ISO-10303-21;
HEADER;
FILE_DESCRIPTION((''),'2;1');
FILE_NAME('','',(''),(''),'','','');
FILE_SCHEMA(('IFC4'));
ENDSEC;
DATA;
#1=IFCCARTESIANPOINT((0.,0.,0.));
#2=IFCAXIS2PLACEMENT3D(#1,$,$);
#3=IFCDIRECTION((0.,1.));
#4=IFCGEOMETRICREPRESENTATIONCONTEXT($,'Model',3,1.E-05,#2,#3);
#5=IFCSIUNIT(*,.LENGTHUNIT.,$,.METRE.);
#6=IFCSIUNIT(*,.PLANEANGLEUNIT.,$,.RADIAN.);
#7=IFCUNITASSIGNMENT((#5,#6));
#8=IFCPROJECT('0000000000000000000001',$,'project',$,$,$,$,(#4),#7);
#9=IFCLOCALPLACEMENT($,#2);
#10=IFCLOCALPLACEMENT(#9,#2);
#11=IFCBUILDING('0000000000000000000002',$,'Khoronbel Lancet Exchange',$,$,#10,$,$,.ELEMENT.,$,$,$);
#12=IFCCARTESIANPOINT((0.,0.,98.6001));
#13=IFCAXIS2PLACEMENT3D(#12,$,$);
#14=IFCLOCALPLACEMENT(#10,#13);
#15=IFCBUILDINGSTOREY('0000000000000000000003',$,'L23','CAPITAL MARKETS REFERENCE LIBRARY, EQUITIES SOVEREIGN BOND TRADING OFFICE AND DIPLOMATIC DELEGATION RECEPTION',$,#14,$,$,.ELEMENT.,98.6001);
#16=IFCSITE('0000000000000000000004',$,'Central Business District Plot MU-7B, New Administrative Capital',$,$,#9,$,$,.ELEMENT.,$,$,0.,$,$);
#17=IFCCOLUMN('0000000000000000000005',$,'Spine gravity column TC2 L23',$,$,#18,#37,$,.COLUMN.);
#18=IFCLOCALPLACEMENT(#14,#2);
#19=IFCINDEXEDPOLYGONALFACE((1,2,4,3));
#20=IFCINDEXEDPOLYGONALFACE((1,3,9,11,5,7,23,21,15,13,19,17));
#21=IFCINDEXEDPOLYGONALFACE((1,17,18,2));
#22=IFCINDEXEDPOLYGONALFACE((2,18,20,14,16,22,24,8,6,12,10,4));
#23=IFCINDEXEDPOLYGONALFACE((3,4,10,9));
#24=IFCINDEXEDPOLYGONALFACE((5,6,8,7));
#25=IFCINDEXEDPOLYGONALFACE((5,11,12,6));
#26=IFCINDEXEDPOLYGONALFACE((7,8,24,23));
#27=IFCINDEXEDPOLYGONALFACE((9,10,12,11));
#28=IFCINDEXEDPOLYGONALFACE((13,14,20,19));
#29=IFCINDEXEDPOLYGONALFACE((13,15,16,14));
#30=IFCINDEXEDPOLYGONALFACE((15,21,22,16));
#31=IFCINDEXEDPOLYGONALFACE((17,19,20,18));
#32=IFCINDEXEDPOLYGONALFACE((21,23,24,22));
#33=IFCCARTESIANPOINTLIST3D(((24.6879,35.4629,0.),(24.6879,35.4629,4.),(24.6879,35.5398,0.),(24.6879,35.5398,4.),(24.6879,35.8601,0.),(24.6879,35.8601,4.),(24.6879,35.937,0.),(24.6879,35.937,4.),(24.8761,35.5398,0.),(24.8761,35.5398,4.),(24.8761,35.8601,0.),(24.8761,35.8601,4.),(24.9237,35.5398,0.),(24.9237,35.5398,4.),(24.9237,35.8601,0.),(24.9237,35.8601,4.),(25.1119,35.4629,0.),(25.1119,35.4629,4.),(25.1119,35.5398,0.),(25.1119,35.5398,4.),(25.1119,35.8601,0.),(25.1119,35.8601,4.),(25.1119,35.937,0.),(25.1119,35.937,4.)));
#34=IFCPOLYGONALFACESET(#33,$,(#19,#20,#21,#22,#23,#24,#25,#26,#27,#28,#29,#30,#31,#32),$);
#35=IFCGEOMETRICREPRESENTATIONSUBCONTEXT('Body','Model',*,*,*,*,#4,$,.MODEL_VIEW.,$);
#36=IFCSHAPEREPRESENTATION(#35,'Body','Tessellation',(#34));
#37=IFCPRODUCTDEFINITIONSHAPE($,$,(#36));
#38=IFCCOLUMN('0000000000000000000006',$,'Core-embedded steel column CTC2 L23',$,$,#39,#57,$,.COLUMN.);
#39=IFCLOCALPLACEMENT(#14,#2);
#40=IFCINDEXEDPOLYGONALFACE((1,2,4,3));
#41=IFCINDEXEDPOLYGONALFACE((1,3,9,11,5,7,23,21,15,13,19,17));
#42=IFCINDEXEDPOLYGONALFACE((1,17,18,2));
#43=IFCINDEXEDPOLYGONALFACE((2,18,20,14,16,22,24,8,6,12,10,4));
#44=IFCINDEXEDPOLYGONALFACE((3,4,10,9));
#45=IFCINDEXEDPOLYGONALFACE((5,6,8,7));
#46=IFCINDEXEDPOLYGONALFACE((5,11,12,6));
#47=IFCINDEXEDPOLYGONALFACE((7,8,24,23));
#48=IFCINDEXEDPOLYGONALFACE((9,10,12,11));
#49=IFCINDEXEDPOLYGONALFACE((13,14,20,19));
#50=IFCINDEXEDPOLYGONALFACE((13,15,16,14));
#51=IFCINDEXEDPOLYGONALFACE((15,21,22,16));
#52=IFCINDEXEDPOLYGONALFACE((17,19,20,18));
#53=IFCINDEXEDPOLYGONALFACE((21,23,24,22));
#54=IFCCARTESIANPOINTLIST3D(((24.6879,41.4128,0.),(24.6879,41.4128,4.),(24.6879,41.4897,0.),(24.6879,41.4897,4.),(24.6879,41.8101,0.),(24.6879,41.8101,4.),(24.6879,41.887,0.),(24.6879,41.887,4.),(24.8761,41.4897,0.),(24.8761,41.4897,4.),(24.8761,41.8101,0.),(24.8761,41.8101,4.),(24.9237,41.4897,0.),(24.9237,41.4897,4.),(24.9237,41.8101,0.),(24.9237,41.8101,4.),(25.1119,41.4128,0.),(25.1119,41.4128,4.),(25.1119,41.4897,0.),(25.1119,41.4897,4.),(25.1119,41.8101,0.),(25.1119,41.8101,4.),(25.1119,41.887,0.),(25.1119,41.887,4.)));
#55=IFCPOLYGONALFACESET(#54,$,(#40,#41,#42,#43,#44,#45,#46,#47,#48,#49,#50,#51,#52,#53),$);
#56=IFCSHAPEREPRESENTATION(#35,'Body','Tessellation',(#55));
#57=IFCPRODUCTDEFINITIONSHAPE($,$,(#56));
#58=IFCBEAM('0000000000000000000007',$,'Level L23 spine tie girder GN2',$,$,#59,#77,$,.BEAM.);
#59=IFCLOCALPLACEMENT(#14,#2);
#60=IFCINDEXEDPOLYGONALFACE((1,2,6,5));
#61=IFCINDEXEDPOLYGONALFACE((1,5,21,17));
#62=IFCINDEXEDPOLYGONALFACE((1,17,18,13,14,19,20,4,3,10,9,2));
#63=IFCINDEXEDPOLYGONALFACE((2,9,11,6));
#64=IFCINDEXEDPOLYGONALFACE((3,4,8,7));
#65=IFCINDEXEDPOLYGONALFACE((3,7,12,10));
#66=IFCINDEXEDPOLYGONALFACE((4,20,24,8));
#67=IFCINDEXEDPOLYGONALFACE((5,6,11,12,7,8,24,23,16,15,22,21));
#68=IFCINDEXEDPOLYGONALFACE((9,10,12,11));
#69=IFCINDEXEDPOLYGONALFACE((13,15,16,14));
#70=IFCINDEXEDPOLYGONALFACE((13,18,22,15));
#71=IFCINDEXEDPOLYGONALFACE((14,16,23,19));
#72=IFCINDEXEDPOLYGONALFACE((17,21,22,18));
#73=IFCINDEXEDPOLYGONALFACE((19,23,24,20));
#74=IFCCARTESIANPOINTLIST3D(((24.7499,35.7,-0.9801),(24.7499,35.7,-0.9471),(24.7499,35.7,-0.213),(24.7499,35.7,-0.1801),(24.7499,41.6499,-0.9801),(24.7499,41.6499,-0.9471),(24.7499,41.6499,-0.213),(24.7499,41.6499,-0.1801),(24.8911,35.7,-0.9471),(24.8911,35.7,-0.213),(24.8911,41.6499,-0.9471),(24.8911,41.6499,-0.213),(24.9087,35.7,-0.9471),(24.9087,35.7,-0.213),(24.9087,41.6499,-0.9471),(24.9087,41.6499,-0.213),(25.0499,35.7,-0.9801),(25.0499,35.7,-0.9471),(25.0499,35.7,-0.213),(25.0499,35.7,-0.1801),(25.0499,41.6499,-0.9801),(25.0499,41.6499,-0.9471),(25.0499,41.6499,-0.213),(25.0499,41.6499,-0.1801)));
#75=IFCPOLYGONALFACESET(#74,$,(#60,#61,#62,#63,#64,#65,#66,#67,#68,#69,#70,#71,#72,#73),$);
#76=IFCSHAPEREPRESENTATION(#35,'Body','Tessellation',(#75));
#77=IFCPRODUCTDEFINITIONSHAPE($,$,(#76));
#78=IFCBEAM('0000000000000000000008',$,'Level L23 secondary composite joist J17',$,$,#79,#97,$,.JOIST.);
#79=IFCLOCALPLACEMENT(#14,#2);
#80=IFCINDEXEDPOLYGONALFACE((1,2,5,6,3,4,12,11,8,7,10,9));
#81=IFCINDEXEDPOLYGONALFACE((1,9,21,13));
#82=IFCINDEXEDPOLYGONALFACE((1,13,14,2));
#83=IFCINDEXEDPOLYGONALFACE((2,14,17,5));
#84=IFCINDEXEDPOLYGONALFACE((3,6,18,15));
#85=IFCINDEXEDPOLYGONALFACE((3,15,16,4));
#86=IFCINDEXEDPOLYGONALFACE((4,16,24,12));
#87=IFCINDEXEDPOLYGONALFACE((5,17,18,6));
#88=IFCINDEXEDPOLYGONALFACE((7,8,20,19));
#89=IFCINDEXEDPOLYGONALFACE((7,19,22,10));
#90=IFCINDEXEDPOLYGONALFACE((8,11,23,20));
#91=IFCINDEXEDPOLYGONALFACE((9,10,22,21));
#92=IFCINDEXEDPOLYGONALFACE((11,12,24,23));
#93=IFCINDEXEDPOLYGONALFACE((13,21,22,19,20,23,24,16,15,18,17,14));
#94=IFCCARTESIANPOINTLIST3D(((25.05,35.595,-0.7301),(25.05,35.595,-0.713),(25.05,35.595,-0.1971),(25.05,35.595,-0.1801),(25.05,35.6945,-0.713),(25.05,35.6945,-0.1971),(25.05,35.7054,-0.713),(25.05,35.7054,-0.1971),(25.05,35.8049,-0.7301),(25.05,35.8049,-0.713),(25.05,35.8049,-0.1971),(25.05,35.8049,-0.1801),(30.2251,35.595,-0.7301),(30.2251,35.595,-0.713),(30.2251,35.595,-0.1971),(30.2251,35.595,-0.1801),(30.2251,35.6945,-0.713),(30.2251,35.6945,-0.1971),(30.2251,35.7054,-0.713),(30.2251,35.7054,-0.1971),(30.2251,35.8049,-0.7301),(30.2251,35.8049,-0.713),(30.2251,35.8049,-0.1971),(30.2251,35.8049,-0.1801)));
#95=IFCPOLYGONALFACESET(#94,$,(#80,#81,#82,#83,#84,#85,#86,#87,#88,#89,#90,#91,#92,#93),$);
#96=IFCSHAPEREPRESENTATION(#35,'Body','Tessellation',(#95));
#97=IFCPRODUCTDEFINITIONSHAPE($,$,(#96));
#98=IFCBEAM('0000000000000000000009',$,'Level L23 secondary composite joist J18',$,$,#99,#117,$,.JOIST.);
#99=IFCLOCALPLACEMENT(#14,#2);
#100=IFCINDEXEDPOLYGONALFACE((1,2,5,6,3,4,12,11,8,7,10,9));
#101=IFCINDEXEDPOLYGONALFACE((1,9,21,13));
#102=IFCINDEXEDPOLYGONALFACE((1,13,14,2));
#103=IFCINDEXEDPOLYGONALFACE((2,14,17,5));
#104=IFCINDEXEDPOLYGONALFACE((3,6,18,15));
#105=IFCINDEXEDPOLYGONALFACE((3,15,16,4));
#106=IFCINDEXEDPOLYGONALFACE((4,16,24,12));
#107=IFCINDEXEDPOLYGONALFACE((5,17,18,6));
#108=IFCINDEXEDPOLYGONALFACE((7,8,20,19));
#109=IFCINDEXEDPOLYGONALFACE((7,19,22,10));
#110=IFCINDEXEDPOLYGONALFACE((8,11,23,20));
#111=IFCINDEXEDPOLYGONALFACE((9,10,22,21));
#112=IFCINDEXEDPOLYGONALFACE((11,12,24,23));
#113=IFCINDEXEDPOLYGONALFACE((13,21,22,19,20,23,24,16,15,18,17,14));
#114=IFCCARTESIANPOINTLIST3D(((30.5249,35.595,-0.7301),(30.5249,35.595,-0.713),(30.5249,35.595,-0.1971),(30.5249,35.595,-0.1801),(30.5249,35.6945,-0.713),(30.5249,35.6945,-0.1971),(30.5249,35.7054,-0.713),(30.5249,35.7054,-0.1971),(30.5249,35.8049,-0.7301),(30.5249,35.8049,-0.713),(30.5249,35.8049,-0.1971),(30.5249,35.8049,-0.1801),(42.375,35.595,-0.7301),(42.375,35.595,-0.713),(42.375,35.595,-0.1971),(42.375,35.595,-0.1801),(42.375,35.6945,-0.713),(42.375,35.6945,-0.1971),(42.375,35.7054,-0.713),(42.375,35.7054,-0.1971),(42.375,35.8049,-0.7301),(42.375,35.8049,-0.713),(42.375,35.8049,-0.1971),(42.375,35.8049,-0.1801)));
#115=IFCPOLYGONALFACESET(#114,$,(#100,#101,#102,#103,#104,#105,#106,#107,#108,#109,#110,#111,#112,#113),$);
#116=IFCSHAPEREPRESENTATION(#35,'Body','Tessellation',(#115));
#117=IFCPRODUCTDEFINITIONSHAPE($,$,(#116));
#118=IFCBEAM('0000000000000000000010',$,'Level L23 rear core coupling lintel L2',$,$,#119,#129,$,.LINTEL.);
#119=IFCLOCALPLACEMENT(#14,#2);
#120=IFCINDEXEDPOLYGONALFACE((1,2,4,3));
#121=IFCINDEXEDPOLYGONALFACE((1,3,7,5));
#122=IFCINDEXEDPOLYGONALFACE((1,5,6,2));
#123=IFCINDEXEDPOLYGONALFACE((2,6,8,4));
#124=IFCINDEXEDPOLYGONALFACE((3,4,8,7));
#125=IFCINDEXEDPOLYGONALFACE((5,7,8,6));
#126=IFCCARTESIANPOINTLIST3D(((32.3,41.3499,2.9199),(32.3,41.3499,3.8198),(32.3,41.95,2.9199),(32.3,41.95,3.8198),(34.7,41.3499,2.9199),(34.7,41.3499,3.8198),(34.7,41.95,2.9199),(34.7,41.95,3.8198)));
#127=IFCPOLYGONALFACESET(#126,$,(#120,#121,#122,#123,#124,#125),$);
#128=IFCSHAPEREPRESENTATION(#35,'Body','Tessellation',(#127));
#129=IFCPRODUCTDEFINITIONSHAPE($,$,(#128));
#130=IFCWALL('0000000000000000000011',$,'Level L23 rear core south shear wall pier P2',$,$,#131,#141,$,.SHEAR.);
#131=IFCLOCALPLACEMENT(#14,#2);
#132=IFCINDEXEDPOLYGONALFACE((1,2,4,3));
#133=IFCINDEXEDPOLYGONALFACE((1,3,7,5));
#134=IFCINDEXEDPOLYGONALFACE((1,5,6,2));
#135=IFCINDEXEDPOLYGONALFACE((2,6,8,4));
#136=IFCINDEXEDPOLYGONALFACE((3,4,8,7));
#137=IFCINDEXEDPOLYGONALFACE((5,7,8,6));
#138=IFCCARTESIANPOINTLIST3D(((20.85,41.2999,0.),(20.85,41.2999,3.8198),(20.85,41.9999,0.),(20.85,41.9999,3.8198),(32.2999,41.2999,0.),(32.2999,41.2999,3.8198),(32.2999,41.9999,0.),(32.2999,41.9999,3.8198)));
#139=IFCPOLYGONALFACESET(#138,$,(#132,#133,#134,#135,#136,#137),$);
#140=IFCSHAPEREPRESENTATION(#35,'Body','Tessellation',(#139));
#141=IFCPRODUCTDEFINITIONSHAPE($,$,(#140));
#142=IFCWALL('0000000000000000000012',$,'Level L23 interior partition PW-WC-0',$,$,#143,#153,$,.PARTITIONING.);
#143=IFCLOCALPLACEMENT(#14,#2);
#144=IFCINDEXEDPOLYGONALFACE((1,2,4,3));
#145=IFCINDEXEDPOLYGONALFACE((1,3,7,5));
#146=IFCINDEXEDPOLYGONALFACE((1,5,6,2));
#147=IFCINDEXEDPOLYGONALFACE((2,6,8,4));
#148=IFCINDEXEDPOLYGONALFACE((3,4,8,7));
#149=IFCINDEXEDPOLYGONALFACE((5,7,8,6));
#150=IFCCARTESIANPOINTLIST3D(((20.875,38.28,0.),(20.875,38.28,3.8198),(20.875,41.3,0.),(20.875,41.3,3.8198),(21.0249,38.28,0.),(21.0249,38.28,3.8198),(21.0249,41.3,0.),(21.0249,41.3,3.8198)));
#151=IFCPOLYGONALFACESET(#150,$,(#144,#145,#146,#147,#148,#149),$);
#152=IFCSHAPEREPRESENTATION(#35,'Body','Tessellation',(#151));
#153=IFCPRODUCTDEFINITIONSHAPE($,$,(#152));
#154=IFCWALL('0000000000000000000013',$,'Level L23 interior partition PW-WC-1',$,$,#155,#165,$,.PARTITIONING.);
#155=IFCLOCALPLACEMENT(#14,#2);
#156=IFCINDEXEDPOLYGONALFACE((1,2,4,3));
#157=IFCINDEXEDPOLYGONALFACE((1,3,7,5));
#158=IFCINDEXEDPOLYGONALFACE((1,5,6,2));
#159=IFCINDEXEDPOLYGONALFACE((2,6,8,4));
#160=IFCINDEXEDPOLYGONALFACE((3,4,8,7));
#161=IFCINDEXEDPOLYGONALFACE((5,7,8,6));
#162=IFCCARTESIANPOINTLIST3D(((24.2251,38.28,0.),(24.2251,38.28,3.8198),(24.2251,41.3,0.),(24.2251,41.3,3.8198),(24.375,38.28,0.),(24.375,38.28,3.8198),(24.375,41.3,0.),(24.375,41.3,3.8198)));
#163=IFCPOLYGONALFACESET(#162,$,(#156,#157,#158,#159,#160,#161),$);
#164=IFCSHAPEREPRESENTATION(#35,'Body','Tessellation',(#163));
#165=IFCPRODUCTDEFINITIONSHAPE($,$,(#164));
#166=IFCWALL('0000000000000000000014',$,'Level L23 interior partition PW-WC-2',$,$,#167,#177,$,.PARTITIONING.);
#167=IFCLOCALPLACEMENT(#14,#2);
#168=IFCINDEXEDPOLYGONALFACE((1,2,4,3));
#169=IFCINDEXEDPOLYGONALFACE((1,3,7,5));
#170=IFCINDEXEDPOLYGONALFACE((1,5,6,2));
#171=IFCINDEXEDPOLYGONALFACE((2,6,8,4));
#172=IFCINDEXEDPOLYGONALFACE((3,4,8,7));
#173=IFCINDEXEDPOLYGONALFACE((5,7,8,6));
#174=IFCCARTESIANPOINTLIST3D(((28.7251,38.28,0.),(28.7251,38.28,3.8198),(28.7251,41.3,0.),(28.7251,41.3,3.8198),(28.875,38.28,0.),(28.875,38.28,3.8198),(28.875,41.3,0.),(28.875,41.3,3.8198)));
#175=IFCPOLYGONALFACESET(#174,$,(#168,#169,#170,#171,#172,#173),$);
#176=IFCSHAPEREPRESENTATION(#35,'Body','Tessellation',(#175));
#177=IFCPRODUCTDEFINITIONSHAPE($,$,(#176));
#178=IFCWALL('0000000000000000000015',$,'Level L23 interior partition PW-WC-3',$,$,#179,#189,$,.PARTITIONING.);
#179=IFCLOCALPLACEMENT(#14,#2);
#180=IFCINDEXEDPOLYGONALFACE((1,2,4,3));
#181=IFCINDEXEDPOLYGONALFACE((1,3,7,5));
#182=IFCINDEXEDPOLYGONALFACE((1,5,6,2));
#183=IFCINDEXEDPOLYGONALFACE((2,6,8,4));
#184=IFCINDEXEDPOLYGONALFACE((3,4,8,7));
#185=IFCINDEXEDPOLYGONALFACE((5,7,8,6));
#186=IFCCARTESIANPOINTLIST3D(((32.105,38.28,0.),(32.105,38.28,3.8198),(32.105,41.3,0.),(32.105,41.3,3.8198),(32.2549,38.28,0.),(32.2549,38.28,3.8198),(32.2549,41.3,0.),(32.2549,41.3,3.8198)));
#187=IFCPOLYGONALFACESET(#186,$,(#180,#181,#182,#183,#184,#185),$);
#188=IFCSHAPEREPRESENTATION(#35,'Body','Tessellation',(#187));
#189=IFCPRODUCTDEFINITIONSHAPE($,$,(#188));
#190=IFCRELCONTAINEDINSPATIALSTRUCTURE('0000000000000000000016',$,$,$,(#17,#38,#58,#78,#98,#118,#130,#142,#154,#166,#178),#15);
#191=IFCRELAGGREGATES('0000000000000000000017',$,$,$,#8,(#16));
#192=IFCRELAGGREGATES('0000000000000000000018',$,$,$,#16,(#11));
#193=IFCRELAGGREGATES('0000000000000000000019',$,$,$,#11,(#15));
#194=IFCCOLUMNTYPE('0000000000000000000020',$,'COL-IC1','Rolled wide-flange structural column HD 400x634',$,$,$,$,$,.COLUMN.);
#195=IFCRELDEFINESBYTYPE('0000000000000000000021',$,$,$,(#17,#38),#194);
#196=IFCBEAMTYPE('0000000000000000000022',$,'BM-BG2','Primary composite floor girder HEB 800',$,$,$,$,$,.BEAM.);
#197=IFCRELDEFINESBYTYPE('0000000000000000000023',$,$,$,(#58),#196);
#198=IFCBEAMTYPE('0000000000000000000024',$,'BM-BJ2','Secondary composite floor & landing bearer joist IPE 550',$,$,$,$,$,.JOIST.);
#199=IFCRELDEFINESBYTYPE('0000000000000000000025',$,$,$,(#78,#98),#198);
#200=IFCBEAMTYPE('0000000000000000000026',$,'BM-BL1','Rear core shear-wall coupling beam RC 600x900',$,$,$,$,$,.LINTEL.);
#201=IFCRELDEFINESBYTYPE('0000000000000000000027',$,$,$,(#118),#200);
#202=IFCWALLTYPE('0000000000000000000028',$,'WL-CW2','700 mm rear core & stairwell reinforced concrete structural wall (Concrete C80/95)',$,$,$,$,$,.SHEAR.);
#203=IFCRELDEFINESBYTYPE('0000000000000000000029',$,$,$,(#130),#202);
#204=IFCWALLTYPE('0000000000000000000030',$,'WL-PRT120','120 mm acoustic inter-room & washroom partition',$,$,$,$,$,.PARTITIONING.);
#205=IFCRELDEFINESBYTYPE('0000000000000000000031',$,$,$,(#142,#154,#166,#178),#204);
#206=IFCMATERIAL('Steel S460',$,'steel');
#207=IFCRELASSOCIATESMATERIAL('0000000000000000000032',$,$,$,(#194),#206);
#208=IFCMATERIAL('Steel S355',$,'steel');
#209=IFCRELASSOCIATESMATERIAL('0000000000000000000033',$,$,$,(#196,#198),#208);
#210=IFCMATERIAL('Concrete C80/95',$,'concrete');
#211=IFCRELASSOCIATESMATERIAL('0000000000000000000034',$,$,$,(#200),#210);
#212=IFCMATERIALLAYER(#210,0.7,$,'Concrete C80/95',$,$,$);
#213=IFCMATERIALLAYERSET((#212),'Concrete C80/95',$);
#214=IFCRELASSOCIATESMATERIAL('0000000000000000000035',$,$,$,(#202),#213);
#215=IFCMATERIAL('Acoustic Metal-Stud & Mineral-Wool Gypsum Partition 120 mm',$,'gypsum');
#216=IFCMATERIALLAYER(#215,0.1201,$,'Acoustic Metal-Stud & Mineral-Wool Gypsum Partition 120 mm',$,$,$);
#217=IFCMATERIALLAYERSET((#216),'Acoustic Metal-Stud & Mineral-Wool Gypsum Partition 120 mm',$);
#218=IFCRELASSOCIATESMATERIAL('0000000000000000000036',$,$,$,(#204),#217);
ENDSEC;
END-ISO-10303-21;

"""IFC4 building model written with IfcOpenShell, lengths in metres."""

from ifc_helpers import new_model, si_unit, direction, frame, frame_2d, origin, origin_2d, place, context, subcontext, project, spatial, rectangle, i_section, extrude, material, layer, layer_set, material_profile, profile_set, type_object, element, save


model = new_model("IFC4")

# Units and contexts
model_context = context("Model", 3, precision=1e-05, world=origin(), true_north=direction((0.0, 1.0)))
body_context = subcontext(model_context, "Body", "Model", "MODEL_VIEW")
ifc_project = project(units=[si_unit("LENGTHUNIT", "METRE"), si_unit("PLANEANGLEUNIT", "RADIAN")], contexts=[model_context])

# Site, building, storey
site_placement = place(None, origin())
site = spatial("IfcSite", under=ifc_project, at=site_placement, Name="Central Business District Plot MU-7B, New Administrative Capital", CompositionType="ELEMENT", RefElevation=0.0)
building_placement = place(site_placement, origin())
building = spatial("IfcBuilding", under=site, at=building_placement, Name="Khoronbel Lancet Exchange", CompositionType="ELEMENT")
storey_placement = place(building_placement, frame((0.0, 0.0, 98.6001)))
storey = spatial("IfcBuildingStorey", under=building, at=storey_placement, Name="L23", Description="CAPITAL MARKETS REFERENCE LIBRARY, EQUITIES SOVEREIGN BOND TRADING OFFICE AND DIPLOMATIC DELEGATION RECEPTION", CompositionType="ELEMENT", Elevation=98.6001)

# Columns
ifc_material_1 = material(Name="Steel S460", Category="steel")
ifc_material_profile_1 = material_profile(ifc_material_1, i_section(OverallWidth=0.4241, OverallDepth=0.4741, WebThickness=0.0476, FlangeThickness=0.0769, at=origin_2d()), Name="HD 400x634")
ifc_profile_set_1 = profile_set([ifc_material_profile_1], Name="Steel S460")
column_type = type_object("IfcColumnType", Name="COL-IC1", Description="Rolled wide-flange structural column HD 400x634", PredefinedType="COLUMN", material=ifc_profile_set_1)
for number, where, z_axis, x_axis, name in (
    (1, (24.8999, 35.7, 0.0), (0.0, 0.0, 1.0), (1.0, 0.0, 0.0), "Spine gravity column TC2 L23"),
    (2, (24.8999, 41.6499, 0.0), (0.0, 0.0, 1.0), (1.0, 0.0, 0.0), "Core-embedded steel column CTC2 L23"),
):
    element("IfcColumn", number, at=place(storey_placement, frame(where, z_axis=z_axis, x_axis=x_axis)), inside=storey, type_object=column_type, Name=name, PredefinedType="COLUMN", context=body_context, shape_type="SweptSolid", body=[
        extrude(i_section(OverallWidth=0.4241, OverallDepth=0.4741, WebThickness=0.0476, FlangeThickness=0.0769, at=origin_2d()), origin(), (0.0, 0.0, 1.0), 4.0),
    ])

# Beams
ifc_material_2 = material(Name="Steel S355", Category="steel")
ifc_material_profile_2 = material_profile(ifc_material_2, i_section(OverallWidth=0.3, OverallDepth=0.8, WebThickness=0.0176, FlangeThickness=0.033, at=origin_2d()), Name="HEB 800")
ifc_profile_set_2 = profile_set([ifc_material_profile_2], Name="Steel S355")
beam_type_1 = type_object("IfcBeamType", Name="BM-BG2", Description="Primary composite floor girder HEB 800", PredefinedType="BEAM", material=ifc_profile_set_2)
beam_1_placement = place(storey_placement, frame((24.8999, 35.7, -0.5801), z_axis=(0.0, 1.0, 0.0), x_axis=(-1.0, 0.0, 0.0)))
element("IfcBeam", 3, at=beam_1_placement, inside=storey, type_object=beam_type_1, Name="Level L23 spine tie girder GN2", PredefinedType="BEAM", context=body_context, shape_type="SweptSolid", body=[
    extrude(i_section(OverallWidth=0.3, OverallDepth=0.8, WebThickness=0.0176, FlangeThickness=0.033, at=origin_2d()), origin(), (0.0, 0.0, 1.0), 5.95),
])
ifc_material_profile_3 = material_profile(ifc_material_2, i_section(OverallWidth=0.21, OverallDepth=0.55, WebThickness=0.011, FlangeThickness=0.0171, at=origin_2d()), Name="IPE 550")
ifc_profile_set_3 = profile_set([ifc_material_profile_3], Name="Steel S355")
beam_type_2 = type_object("IfcBeamType", Name="BM-BJ2", Description="Secondary composite floor & landing bearer joist IPE 550", PredefinedType="JOIST", material=ifc_profile_set_3)
beam_2_placement = place(storey_placement, frame((25.05, 35.7, -0.4551), z_axis=(1.0, 0.0, 0.0), x_axis=(0.0, 1.0, 0.0)))
element("IfcBeam", 4, at=beam_2_placement, inside=storey, type_object=beam_type_2, Name="Level L23 secondary composite joist J17", PredefinedType="JOIST", context=body_context, shape_type="SweptSolid", body=[
    extrude(i_section(OverallWidth=0.21, OverallDepth=0.55, WebThickness=0.011, FlangeThickness=0.0171, at=origin_2d()), origin(), (0.0, 0.0, 1.0), 5.175),
])
beam_3_placement = place(storey_placement, frame((30.5249, 35.7, -0.4551), z_axis=(1.0, 0.0, 0.0), x_axis=(0.0, 1.0, 0.0)))
element("IfcBeam", 5, at=beam_3_placement, inside=storey, type_object=beam_type_2, Name="Level L23 secondary composite joist J18", PredefinedType="JOIST", context=body_context, shape_type="SweptSolid", body=[
    extrude(i_section(OverallWidth=0.21, OverallDepth=0.55, WebThickness=0.011, FlangeThickness=0.0171, at=origin_2d()), origin(), (0.0, 0.0, 1.0), 11.8501),
])
ifc_material_3 = material(Name="Concrete C80/95", Category="concrete")
ifc_material_profile_4 = material_profile(ifc_material_3, rectangle(XDim=0.6001, YDim=0.8999, at=origin_2d()), Name="RC 600x900")
ifc_profile_set_4 = profile_set([ifc_material_profile_4], Name="Concrete C80/95")
beam_type_3 = type_object("IfcBeamType", Name="BM-BL1", Description="Rear core shear-wall coupling beam RC 600x900", PredefinedType="LINTEL", material=ifc_profile_set_4)
beam_4_placement = place(storey_placement, frame((32.3, 41.6499, 3.3699), z_axis=(1.0, 0.0, 0.0), x_axis=(0.0, 1.0, 0.0)))
element("IfcBeam", 6, at=beam_4_placement, inside=storey, type_object=beam_type_3, Name="Level L23 rear core coupling lintel L2", PredefinedType="LINTEL", context=body_context, shape_type="SweptSolid", body=[
    extrude(rectangle(XDim=0.6001, YDim=0.8999, at=origin_2d()), origin(), (0.0, 0.0, 1.0), 2.3999),
])

# Walls
ifc_layer_1 = layer(ifc_material_3, 0.7, Name="Concrete C80/95")
ifc_layer_set_1 = layer_set([ifc_layer_1], Name="Concrete C80/95")
wall_type_1 = type_object("IfcWallType", Name="WL-CW2", Description="700 mm rear core & stairwell reinforced concrete structural wall (Concrete C80/95)", PredefinedType="SHEAR", material=ifc_layer_set_1)
wall_1_placement = place(storey_placement, frame((32.3, 41.6499, 0.0), z_axis=(0.0, 0.0, 1.0), x_axis=(-1.0, 0.0, 0.0)))
element("IfcWall", 7, at=wall_1_placement, inside=storey, type_object=wall_type_1, Name="Level L23 rear core south shear wall pier P2", PredefinedType="SHEAR", context=body_context, shape_type="SweptSolid", body=[
    extrude(rectangle(XDim=11.45, YDim=0.7, at=frame_2d((5.7251, 0.0))), origin(), (0.0, 0.0, 1.0), 3.8198),
])
ifc_material_4 = material(Name="Acoustic Metal-Stud & Mineral-Wool Gypsum Partition 120 mm", Category="gypsum")
ifc_layer_2 = layer(ifc_material_4, 0.1201, Name="Acoustic Metal-Stud & Mineral-Wool Gypsum Partition 120 mm")
ifc_layer_set_2 = layer_set([ifc_layer_2], Name="Acoustic Metal-Stud & Mineral-Wool Gypsum Partition 120 mm")
wall_type_2 = type_object("IfcWallType", Name="WL-PRT120", Description="120 mm acoustic inter-room & washroom partition", PredefinedType="PARTITIONING", material=ifc_layer_set_2)
for number, where, z_axis, x_axis, name in (
    (8, (20.95, 38.28, 0.0), (0.0, 0.0, 1.0), (0.0, 1.0, 0.0), "Level L23 interior partition PW-WC-0"),
    (9, (24.3, 38.28, 0.0), (0.0, 0.0, 1.0), (0.0, 1.0, 0.0), "Level L23 interior partition PW-WC-1"),
    (10, (28.8, 38.28, 0.0), (0.0, 0.0, 1.0), (0.0, 1.0, 0.0), "Level L23 interior partition PW-WC-2"),
    (11, (32.1799, 38.28, 0.0), (0.0, 0.0, 1.0), (0.0, 1.0, 0.0), "Level L23 interior partition PW-WC-3"),
):
    element("IfcWall", number, at=place(storey_placement, frame(where, z_axis=z_axis, x_axis=x_axis)), inside=storey, type_object=wall_type_2, Name=name, PredefinedType="PARTITIONING", context=body_context, shape_type="SweptSolid", body=[
        extrude(rectangle(XDim=3.02, YDim=0.1499, at=frame_2d((1.51, 0.0))), origin(), (0.0, 0.0, 1.0), 3.8198),
    ])

save(model, "model.ifc")
